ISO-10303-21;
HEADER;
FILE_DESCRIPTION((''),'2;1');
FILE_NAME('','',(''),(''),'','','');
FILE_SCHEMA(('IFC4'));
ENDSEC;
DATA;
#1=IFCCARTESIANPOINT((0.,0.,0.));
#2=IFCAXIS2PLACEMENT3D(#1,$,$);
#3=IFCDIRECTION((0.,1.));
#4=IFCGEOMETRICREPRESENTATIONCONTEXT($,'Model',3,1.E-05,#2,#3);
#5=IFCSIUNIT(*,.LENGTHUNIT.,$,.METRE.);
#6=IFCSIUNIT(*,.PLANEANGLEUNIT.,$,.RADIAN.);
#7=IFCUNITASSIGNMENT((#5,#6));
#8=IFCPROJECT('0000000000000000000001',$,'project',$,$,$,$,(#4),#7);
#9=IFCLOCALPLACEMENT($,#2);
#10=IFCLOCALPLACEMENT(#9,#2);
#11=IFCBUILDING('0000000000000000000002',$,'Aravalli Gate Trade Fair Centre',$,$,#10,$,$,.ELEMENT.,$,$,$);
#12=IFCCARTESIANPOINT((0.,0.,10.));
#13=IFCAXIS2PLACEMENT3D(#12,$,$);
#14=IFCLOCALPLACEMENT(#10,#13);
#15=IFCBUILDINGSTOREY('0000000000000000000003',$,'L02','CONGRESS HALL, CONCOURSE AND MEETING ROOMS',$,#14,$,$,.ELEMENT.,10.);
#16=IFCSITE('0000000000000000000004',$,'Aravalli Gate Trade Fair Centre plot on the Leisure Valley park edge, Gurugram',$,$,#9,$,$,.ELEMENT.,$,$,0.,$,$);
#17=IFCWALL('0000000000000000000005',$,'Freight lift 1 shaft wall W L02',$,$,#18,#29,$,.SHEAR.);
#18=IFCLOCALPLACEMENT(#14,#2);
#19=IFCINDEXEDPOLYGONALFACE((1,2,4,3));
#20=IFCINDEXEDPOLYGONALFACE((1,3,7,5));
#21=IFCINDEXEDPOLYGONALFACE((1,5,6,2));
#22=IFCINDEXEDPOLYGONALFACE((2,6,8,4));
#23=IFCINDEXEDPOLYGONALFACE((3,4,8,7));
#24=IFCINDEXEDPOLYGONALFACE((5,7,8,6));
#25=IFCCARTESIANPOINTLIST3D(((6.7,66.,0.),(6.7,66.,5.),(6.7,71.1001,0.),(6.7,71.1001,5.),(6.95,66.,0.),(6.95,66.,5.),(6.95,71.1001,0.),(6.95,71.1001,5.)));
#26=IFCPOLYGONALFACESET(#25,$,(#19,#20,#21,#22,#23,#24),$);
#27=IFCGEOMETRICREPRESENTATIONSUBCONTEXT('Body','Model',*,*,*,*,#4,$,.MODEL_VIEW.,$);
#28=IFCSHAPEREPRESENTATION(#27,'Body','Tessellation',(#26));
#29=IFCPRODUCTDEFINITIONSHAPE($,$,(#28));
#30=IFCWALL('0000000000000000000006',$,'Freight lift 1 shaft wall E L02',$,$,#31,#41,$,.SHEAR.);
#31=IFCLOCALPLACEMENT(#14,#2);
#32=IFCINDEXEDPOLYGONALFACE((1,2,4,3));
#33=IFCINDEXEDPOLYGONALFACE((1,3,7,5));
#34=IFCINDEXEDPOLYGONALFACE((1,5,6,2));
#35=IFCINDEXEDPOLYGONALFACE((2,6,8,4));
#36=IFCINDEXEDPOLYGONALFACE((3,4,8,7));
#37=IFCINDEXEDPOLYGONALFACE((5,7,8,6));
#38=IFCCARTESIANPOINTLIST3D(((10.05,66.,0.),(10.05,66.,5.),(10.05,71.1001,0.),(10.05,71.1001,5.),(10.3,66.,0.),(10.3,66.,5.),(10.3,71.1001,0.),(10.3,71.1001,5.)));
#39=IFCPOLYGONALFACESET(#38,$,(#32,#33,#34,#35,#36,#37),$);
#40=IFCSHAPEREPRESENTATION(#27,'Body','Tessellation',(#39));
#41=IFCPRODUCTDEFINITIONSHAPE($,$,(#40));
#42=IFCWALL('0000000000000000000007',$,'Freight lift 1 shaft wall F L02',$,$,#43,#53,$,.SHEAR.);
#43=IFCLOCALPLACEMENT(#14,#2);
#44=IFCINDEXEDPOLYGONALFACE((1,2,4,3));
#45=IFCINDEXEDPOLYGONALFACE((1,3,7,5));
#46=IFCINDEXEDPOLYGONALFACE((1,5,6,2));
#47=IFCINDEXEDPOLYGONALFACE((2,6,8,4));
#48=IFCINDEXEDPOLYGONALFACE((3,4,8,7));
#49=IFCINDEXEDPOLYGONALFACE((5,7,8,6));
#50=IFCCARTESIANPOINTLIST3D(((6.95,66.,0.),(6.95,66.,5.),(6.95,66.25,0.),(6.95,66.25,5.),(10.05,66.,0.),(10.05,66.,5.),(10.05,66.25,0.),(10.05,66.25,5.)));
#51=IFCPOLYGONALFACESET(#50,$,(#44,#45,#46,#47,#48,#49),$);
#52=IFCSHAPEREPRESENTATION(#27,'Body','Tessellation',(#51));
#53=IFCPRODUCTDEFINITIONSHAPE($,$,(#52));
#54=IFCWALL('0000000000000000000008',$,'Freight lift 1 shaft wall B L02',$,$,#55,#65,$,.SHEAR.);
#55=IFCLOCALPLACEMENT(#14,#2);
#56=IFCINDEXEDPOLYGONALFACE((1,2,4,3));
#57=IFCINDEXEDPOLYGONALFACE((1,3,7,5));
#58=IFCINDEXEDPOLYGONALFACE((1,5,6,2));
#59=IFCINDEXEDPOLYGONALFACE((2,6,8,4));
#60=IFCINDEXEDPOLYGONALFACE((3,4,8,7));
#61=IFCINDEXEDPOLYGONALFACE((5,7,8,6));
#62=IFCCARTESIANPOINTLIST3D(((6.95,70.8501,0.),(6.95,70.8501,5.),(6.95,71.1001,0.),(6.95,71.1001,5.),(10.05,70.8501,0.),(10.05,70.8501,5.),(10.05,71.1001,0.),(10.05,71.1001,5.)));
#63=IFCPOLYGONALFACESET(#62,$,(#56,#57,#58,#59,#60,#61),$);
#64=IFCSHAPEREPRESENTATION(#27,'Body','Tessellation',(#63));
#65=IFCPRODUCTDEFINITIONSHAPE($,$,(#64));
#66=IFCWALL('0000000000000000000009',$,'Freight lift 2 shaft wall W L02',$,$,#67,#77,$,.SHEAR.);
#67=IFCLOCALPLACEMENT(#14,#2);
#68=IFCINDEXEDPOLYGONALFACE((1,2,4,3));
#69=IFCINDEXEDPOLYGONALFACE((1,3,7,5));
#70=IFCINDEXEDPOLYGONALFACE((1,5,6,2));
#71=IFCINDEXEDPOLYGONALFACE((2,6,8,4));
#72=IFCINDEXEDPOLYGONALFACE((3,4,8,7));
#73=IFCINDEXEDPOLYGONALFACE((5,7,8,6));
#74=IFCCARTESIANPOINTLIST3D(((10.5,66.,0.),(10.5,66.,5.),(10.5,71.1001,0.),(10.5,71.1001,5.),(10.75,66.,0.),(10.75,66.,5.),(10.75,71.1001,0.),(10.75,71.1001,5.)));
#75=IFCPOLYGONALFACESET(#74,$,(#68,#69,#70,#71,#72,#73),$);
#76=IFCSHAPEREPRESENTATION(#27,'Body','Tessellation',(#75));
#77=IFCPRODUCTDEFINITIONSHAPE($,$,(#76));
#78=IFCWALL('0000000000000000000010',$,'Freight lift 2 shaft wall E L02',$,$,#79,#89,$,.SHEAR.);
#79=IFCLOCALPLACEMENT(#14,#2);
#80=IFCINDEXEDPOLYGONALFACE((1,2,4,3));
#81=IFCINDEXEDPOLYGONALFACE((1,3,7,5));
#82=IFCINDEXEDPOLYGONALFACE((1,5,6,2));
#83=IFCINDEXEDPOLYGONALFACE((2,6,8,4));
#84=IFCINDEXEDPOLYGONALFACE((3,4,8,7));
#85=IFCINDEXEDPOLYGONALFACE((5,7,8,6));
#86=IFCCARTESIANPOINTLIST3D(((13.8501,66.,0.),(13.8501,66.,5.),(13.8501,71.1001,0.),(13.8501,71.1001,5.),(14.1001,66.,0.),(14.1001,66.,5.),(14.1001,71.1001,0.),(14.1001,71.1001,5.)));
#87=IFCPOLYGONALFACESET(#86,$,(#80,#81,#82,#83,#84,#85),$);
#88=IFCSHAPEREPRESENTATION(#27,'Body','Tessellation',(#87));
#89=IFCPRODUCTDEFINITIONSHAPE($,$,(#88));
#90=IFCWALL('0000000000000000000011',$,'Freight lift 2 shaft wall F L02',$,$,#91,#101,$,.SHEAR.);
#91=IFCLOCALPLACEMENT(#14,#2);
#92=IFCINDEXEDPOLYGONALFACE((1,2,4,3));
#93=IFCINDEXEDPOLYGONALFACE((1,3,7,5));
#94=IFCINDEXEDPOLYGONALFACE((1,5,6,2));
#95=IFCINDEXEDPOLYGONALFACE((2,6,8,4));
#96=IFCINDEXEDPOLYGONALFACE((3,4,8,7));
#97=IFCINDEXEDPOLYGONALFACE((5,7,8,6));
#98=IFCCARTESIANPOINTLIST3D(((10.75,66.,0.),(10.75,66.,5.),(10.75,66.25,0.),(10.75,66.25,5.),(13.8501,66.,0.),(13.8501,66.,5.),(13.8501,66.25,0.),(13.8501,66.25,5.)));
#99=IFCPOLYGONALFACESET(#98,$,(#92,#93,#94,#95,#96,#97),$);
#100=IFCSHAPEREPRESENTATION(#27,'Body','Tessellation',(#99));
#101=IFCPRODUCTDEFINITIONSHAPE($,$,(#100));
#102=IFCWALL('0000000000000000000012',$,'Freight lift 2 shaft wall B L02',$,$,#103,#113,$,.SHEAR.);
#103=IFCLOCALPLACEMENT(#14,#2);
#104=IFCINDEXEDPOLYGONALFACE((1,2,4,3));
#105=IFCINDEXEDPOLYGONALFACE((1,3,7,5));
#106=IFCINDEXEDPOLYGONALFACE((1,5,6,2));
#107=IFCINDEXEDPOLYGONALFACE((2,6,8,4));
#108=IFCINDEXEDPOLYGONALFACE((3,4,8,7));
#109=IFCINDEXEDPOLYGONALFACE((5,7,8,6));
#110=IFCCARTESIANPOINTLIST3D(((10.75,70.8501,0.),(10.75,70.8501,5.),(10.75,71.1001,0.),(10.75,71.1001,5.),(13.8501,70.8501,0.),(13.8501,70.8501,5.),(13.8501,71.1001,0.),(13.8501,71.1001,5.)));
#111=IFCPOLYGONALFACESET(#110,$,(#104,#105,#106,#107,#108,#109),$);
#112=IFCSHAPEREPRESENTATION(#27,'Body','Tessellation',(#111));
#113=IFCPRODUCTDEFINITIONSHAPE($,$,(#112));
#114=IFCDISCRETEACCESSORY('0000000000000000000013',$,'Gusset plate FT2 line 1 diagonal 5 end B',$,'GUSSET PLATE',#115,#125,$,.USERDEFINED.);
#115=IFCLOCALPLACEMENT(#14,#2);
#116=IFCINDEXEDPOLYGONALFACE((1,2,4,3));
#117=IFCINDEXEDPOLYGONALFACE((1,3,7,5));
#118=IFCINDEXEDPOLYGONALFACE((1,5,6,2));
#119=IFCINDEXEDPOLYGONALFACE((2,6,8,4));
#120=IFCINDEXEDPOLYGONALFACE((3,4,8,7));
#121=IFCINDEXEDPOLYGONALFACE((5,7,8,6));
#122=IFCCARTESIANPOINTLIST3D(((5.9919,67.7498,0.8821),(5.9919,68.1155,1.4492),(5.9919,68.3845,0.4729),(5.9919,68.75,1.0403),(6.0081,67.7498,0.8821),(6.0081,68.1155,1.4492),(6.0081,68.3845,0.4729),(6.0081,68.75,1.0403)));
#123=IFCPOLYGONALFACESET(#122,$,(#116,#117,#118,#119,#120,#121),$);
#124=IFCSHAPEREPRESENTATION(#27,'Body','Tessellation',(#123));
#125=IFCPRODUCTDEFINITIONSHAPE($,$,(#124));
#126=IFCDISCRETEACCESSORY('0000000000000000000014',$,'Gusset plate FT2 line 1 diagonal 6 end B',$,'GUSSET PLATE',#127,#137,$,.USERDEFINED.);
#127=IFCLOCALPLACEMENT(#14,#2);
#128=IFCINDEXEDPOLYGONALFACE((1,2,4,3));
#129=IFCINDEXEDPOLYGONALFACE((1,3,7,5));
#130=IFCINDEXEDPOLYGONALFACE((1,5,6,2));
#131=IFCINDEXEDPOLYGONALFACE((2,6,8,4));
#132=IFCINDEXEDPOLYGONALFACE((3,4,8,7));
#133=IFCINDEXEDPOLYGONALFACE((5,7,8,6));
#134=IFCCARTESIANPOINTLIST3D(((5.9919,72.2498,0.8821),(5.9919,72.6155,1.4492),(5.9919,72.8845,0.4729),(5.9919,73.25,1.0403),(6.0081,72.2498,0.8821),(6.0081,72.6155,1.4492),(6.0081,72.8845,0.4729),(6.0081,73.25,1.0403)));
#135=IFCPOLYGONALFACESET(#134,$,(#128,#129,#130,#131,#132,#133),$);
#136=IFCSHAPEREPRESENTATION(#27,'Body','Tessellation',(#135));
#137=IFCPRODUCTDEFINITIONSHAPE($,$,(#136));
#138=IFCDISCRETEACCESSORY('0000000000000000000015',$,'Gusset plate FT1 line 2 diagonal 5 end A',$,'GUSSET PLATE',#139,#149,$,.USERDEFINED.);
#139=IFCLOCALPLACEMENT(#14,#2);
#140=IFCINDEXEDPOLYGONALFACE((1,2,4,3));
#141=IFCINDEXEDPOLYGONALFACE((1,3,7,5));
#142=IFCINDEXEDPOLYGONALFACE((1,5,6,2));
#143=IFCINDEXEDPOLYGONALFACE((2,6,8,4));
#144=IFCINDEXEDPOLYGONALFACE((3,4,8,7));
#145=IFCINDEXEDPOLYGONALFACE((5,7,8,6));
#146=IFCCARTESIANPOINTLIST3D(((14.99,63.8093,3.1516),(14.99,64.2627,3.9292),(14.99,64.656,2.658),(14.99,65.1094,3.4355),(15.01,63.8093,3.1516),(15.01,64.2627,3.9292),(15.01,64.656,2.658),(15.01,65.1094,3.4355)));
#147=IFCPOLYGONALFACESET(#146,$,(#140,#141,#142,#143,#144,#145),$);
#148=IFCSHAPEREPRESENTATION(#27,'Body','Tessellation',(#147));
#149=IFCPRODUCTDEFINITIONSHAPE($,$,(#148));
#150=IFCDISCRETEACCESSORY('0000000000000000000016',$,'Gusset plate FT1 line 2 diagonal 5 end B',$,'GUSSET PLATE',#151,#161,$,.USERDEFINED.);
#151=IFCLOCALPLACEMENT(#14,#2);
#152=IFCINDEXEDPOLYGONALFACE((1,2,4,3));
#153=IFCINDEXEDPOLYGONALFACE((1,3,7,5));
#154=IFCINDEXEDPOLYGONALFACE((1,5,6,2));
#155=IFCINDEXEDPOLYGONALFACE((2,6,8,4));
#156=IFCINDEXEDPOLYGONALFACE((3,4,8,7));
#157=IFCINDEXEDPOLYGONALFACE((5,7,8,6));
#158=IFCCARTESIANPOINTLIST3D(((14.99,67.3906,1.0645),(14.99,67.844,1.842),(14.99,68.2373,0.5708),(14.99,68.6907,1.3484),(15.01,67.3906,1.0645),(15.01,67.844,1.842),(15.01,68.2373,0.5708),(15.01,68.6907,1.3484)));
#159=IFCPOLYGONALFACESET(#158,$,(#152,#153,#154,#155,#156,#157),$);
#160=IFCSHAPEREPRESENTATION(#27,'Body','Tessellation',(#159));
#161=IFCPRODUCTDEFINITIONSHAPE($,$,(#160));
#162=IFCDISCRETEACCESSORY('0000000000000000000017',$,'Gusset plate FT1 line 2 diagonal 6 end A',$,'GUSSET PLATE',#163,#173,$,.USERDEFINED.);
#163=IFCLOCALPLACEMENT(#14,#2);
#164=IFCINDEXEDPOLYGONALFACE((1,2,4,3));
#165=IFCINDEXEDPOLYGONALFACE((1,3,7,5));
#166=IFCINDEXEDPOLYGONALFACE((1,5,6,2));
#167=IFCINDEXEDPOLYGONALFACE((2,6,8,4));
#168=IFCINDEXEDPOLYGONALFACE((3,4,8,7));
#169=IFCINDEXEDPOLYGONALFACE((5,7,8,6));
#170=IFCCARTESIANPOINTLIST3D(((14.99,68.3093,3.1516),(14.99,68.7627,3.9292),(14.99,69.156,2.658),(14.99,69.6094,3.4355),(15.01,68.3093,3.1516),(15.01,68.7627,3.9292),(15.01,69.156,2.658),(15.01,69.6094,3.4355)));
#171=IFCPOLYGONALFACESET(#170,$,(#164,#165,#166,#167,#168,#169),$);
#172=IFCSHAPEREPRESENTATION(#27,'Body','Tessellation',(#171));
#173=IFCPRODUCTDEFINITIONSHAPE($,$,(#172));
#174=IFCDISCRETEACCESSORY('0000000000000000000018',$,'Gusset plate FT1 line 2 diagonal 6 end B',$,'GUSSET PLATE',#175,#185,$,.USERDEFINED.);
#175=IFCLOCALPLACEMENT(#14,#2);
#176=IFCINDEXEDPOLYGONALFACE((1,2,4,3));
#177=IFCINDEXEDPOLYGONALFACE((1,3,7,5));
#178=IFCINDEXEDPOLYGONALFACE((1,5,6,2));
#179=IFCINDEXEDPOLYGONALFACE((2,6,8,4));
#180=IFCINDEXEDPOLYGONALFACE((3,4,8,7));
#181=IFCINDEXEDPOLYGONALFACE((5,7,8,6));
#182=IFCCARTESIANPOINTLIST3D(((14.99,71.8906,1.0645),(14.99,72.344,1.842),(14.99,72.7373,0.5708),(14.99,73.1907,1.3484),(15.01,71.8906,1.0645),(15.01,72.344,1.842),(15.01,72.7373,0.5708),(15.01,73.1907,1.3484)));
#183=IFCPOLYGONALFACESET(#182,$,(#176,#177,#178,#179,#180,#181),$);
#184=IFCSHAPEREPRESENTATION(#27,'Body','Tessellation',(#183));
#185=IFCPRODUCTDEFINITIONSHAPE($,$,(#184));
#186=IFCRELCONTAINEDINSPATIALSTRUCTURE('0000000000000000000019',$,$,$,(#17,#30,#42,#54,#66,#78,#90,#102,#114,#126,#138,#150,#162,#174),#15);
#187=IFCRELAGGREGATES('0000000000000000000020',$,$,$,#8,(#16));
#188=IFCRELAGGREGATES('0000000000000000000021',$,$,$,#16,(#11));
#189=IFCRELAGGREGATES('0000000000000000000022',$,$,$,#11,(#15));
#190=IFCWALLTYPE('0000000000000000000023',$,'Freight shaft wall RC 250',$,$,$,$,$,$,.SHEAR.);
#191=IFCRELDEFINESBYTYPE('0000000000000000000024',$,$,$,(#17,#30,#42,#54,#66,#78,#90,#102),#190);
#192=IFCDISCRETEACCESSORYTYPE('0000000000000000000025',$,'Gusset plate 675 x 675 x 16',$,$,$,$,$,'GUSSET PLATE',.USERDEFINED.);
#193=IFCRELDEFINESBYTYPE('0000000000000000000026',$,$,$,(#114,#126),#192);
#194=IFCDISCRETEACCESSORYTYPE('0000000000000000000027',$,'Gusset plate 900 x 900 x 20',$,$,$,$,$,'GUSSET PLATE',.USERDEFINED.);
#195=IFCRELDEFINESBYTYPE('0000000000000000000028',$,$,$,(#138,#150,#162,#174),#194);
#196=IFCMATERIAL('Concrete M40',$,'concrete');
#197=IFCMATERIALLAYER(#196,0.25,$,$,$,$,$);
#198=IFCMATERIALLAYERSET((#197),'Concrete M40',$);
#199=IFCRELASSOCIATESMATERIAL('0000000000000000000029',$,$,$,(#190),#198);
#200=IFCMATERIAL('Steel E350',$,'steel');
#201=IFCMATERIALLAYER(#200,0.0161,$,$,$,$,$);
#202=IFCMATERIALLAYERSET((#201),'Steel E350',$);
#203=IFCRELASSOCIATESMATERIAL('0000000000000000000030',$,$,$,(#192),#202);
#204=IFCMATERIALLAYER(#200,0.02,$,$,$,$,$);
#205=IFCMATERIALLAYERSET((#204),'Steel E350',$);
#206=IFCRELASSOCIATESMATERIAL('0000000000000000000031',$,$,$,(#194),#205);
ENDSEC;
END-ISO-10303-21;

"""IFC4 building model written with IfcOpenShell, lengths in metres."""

from ifc_helpers import new_model, si_unit, direction, frame, frame_2d, origin, place, context, subcontext, project, spatial, polyline, rectangle, outline, extrude, material, layer, layer_set, type_object, element, save


model = new_model("IFC4")

# Units and contexts
model_context = context("Model", 3, precision=1e-05, world=origin(), true_north=direction((0.0, 1.0)))
body_context = subcontext(model_context, "Body", "Model", "MODEL_VIEW")
ifc_project = project(units=[si_unit("LENGTHUNIT", "METRE"), si_unit("PLANEANGLEUNIT", "RADIAN")], contexts=[model_context])

# Site, building, storey
site_placement = place(None, origin())
site = spatial("IfcSite", under=ifc_project, at=site_placement, Name="Aravalli Gate Trade Fair Centre plot on the Leisure Valley park edge, Gurugram", CompositionType="ELEMENT", RefElevation=0.0)
building_placement = place(site_placement, origin())
building = spatial("IfcBuilding", under=site, at=building_placement, Name="Aravalli Gate Trade Fair Centre", CompositionType="ELEMENT")
storey_placement = place(building_placement, frame((0.0, 0.0, 10.0)))
storey = spatial("IfcBuildingStorey", under=building, at=storey_placement, Name="L02", Description="CONGRESS HALL, CONCOURSE AND MEETING ROOMS", CompositionType="ELEMENT", Elevation=10.0)

# Shared definitions
ifc_material_1 = material(Name="Steel E350", Category="steel")

# Walls
ifc_material_2 = material(Name="Concrete M40", Category="concrete")
ifc_layer_1 = layer(ifc_material_2, 0.25)
ifc_layer_set_1 = layer_set([ifc_layer_1], Name="Concrete M40")
wall_type = type_object("IfcWallType", Name="Freight shaft wall RC 250", PredefinedType="SHEAR", material=ifc_layer_set_1)
for number, where, z_axis, x_axis, name in (
    (1, (6.825, 66.0, 0.0), (0.0, 0.0, 1.0), (0.0, 1.0, 0.0), "Freight lift 1 shaft wall W L02"),
    (2, (10.175, 66.0, 0.0), (0.0, 0.0, 1.0), (0.0, 1.0, 0.0), "Freight lift 1 shaft wall E L02"),
):
    element("IfcWall", number, at=place(storey_placement, frame(where, z_axis=z_axis, x_axis=x_axis)), inside=storey, type_object=wall_type, Name=name, PredefinedType="SHEAR", context=body_context, shape_type="SweptSolid", body=[
        extrude(rectangle(XDim=5.1001, YDim=0.25, at=frame_2d((2.55, 0.0))), origin(), (0.0, 0.0, 1.0), 5.0),
    ])
for number, where, z_axis, x_axis, name in (
    (3, (6.95, 66.125, 0.0), (0.0, 0.0, 1.0), (1.0, 0.0, 0.0), "Freight lift 1 shaft wall F L02"),
    (4, (6.95, 70.9751, 0.0), (0.0, 0.0, 1.0), (1.0, 0.0, 0.0), "Freight lift 1 shaft wall B L02"),
):
    element("IfcWall", number, at=place(storey_placement, frame(where, z_axis=z_axis, x_axis=x_axis)), inside=storey, type_object=wall_type, Name=name, PredefinedType="SHEAR", context=body_context, shape_type="SweptSolid", body=[
        extrude(rectangle(XDim=3.1001, YDim=0.25, at=frame_2d((1.55, 0.0))), origin(), (0.0, 0.0, 1.0), 5.0),
    ])
for number, where, z_axis, x_axis, name in (
    (5, (10.625, 66.0, 0.0), (0.0, 0.0, 1.0), (0.0, 1.0, 0.0), "Freight lift 2 shaft wall W L02"),
    (6, (13.9751, 66.0, 0.0), (0.0, 0.0, 1.0), (0.0, 1.0, 0.0), "Freight lift 2 shaft wall E L02"),
):
    element("IfcWall", number, at=place(storey_placement, frame(where, z_axis=z_axis, x_axis=x_axis)), inside=storey, type_object=wall_type, Name=name, PredefinedType="SHEAR", context=body_context, shape_type="SweptSolid", body=[
        extrude(rectangle(XDim=5.1001, YDim=0.25, at=frame_2d((2.55, 0.0))), origin(), (0.0, 0.0, 1.0), 5.0),
    ])
for number, where, z_axis, x_axis, name in (
    (7, (10.75, 66.125, 0.0), (0.0, 0.0, 1.0), (1.0, 0.0, 0.0), "Freight lift 2 shaft wall F L02"),
    (8, (10.75, 70.9751, 0.0), (0.0, 0.0, 1.0), (1.0, 0.0, 0.0), "Freight lift 2 shaft wall B L02"),
):
    element("IfcWall", number, at=place(storey_placement, frame(where, z_axis=z_axis, x_axis=x_axis)), inside=storey, type_object=wall_type, Name=name, PredefinedType="SHEAR", context=body_context, shape_type="SweptSolid", body=[
        extrude(rectangle(XDim=3.1001, YDim=0.25, at=frame_2d((1.55, 0.0))), origin(), (0.0, 0.0, 1.0), 5.0),
    ])

# Discrete accessories
ifc_layer_2 = layer(ifc_material_1, 0.0161)
ifc_layer_set_2 = layer_set([ifc_layer_2], Name="Steel E350")
discrete_accessory_type_1 = type_object("IfcDiscreteAccessoryType", Name="Gusset plate 675 x 675 x 16", ElementType="GUSSET PLATE", PredefinedType="USERDEFINED", material=ifc_layer_set_2)
for number, where, z_axis, x_axis, name in (
    (9, (6.0081, 67.7498, 0.8821), (1.0, 0.0, 0.0), (0.0, 0.840506, -0.541803), "Gusset plate FT2 line 1 diagonal 5 end B"),
    (10, (6.0081, 72.2498, 0.8821), (1.0, 0.0, 0.0), (0.0, 0.840506, -0.541803), "Gusset plate FT2 line 1 diagonal 6 end B"),
):
    element("IfcDiscreteAccessory", number, at=place(storey_placement, frame(where, z_axis=z_axis, x_axis=x_axis)), inside=storey, type_object=discrete_accessory_type_1, Name=name, ObjectType="GUSSET PLATE", PredefinedType="USERDEFINED", context=body_context, shape_type="SweptSolid", body=[
        extrude(outline(polyline([(0.0, 0.0), (0.7552, 0.0), (0.755, 0.6749), (0.0001, 0.6748), (0.0, 0.0)])), origin(), (0.0, 0.0, -1.0), 0.0161),
    ])
ifc_layer_3 = layer(ifc_material_1, 0.02)
ifc_layer_set_3 = layer_set([ifc_layer_3], Name="Steel E350")
discrete_accessory_type_2 = type_object("IfcDiscreteAccessoryType", Name="Gusset plate 900 x 900 x 20", ElementType="GUSSET PLATE", PredefinedType="USERDEFINED", material=ifc_layer_set_3)
discrete_accessory_1_placement = place(storey_placement, frame((14.99, 64.656, 2.658), z_axis=(-1.0, 0.0, 0.0), x_axis=(0.0, -0.863887, 0.503685)))
element("IfcDiscreteAccessory", 11, at=discrete_accessory_1_placement, inside=storey, type_object=discrete_accessory_type_2, Name="Gusset plate FT1 line 2 diagonal 5 end A", ObjectType="GUSSET PLATE", PredefinedType="USERDEFINED", context=body_context, shape_type="SweptSolid", body=[
    extrude(outline(polyline([(0.0, 0.0), (0.9801, 0.0), (0.9801, 0.9001), (0.0, 0.9001), (0.0, 0.0)])), origin(), (0.0, 0.0, -1.0), 0.02),
])
discrete_accessory_2_placement = place(storey_placement, frame((15.01, 67.3906, 1.0645), z_axis=(1.0, 0.0, 0.0), x_axis=(0.0, 0.863887, -0.503685)))
element("IfcDiscreteAccessory", 12, at=discrete_accessory_2_placement, inside=storey, type_object=discrete_accessory_type_2, Name="Gusset plate FT1 line 2 diagonal 5 end B", ObjectType="GUSSET PLATE", PredefinedType="USERDEFINED", context=body_context, shape_type="SweptSolid", body=[
    extrude(outline(polyline([(0.0, 0.0), (0.9801, 0.0), (0.9801, 0.9001), (0.0, 0.9001), (0.0, 0.0)])), origin(), (0.0, 0.0, -1.0), 0.02),
])
discrete_accessory_3_placement = place(storey_placement, frame((14.99, 69.156, 2.658), z_axis=(-1.0, 0.0, 0.0), x_axis=(0.0, -0.863887, 0.503685)))
element("IfcDiscreteAccessory", 13, at=discrete_accessory_3_placement, inside=storey, type_object=discrete_accessory_type_2, Name="Gusset plate FT1 line 2 diagonal 6 end A", ObjectType="GUSSET PLATE", PredefinedType="USERDEFINED", context=body_context, shape_type="SweptSolid", body=[
    extrude(outline(polyline([(0.0, 0.0), (0.9801, 0.0), (0.9801, 0.9001), (0.0, 0.9001), (0.0, 0.0)])), origin(), (0.0, 0.0, -1.0), 0.02),
])
discrete_accessory_4_placement = place(storey_placement, frame((15.01, 71.8906, 1.0645), z_axis=(1.0, 0.0, 0.0), x_axis=(0.0, 0.863887, -0.503685)))
element("IfcDiscreteAccessory", 14, at=discrete_accessory_4_placement, inside=storey, type_object=discrete_accessory_type_2, Name="Gusset plate FT1 line 2 diagonal 6 end B", ObjectType="GUSSET PLATE", PredefinedType="USERDEFINED", context=body_context, shape_type="SweptSolid", body=[
    extrude(outline(polyline([(0.0, 0.0), (0.9801, 0.0), (0.9801, 0.9001), (0.0, 0.9001), (0.0, 0.0)])), origin(), (0.0, 0.0, -1.0), 0.02),
])

save(model, "model.ifc")
